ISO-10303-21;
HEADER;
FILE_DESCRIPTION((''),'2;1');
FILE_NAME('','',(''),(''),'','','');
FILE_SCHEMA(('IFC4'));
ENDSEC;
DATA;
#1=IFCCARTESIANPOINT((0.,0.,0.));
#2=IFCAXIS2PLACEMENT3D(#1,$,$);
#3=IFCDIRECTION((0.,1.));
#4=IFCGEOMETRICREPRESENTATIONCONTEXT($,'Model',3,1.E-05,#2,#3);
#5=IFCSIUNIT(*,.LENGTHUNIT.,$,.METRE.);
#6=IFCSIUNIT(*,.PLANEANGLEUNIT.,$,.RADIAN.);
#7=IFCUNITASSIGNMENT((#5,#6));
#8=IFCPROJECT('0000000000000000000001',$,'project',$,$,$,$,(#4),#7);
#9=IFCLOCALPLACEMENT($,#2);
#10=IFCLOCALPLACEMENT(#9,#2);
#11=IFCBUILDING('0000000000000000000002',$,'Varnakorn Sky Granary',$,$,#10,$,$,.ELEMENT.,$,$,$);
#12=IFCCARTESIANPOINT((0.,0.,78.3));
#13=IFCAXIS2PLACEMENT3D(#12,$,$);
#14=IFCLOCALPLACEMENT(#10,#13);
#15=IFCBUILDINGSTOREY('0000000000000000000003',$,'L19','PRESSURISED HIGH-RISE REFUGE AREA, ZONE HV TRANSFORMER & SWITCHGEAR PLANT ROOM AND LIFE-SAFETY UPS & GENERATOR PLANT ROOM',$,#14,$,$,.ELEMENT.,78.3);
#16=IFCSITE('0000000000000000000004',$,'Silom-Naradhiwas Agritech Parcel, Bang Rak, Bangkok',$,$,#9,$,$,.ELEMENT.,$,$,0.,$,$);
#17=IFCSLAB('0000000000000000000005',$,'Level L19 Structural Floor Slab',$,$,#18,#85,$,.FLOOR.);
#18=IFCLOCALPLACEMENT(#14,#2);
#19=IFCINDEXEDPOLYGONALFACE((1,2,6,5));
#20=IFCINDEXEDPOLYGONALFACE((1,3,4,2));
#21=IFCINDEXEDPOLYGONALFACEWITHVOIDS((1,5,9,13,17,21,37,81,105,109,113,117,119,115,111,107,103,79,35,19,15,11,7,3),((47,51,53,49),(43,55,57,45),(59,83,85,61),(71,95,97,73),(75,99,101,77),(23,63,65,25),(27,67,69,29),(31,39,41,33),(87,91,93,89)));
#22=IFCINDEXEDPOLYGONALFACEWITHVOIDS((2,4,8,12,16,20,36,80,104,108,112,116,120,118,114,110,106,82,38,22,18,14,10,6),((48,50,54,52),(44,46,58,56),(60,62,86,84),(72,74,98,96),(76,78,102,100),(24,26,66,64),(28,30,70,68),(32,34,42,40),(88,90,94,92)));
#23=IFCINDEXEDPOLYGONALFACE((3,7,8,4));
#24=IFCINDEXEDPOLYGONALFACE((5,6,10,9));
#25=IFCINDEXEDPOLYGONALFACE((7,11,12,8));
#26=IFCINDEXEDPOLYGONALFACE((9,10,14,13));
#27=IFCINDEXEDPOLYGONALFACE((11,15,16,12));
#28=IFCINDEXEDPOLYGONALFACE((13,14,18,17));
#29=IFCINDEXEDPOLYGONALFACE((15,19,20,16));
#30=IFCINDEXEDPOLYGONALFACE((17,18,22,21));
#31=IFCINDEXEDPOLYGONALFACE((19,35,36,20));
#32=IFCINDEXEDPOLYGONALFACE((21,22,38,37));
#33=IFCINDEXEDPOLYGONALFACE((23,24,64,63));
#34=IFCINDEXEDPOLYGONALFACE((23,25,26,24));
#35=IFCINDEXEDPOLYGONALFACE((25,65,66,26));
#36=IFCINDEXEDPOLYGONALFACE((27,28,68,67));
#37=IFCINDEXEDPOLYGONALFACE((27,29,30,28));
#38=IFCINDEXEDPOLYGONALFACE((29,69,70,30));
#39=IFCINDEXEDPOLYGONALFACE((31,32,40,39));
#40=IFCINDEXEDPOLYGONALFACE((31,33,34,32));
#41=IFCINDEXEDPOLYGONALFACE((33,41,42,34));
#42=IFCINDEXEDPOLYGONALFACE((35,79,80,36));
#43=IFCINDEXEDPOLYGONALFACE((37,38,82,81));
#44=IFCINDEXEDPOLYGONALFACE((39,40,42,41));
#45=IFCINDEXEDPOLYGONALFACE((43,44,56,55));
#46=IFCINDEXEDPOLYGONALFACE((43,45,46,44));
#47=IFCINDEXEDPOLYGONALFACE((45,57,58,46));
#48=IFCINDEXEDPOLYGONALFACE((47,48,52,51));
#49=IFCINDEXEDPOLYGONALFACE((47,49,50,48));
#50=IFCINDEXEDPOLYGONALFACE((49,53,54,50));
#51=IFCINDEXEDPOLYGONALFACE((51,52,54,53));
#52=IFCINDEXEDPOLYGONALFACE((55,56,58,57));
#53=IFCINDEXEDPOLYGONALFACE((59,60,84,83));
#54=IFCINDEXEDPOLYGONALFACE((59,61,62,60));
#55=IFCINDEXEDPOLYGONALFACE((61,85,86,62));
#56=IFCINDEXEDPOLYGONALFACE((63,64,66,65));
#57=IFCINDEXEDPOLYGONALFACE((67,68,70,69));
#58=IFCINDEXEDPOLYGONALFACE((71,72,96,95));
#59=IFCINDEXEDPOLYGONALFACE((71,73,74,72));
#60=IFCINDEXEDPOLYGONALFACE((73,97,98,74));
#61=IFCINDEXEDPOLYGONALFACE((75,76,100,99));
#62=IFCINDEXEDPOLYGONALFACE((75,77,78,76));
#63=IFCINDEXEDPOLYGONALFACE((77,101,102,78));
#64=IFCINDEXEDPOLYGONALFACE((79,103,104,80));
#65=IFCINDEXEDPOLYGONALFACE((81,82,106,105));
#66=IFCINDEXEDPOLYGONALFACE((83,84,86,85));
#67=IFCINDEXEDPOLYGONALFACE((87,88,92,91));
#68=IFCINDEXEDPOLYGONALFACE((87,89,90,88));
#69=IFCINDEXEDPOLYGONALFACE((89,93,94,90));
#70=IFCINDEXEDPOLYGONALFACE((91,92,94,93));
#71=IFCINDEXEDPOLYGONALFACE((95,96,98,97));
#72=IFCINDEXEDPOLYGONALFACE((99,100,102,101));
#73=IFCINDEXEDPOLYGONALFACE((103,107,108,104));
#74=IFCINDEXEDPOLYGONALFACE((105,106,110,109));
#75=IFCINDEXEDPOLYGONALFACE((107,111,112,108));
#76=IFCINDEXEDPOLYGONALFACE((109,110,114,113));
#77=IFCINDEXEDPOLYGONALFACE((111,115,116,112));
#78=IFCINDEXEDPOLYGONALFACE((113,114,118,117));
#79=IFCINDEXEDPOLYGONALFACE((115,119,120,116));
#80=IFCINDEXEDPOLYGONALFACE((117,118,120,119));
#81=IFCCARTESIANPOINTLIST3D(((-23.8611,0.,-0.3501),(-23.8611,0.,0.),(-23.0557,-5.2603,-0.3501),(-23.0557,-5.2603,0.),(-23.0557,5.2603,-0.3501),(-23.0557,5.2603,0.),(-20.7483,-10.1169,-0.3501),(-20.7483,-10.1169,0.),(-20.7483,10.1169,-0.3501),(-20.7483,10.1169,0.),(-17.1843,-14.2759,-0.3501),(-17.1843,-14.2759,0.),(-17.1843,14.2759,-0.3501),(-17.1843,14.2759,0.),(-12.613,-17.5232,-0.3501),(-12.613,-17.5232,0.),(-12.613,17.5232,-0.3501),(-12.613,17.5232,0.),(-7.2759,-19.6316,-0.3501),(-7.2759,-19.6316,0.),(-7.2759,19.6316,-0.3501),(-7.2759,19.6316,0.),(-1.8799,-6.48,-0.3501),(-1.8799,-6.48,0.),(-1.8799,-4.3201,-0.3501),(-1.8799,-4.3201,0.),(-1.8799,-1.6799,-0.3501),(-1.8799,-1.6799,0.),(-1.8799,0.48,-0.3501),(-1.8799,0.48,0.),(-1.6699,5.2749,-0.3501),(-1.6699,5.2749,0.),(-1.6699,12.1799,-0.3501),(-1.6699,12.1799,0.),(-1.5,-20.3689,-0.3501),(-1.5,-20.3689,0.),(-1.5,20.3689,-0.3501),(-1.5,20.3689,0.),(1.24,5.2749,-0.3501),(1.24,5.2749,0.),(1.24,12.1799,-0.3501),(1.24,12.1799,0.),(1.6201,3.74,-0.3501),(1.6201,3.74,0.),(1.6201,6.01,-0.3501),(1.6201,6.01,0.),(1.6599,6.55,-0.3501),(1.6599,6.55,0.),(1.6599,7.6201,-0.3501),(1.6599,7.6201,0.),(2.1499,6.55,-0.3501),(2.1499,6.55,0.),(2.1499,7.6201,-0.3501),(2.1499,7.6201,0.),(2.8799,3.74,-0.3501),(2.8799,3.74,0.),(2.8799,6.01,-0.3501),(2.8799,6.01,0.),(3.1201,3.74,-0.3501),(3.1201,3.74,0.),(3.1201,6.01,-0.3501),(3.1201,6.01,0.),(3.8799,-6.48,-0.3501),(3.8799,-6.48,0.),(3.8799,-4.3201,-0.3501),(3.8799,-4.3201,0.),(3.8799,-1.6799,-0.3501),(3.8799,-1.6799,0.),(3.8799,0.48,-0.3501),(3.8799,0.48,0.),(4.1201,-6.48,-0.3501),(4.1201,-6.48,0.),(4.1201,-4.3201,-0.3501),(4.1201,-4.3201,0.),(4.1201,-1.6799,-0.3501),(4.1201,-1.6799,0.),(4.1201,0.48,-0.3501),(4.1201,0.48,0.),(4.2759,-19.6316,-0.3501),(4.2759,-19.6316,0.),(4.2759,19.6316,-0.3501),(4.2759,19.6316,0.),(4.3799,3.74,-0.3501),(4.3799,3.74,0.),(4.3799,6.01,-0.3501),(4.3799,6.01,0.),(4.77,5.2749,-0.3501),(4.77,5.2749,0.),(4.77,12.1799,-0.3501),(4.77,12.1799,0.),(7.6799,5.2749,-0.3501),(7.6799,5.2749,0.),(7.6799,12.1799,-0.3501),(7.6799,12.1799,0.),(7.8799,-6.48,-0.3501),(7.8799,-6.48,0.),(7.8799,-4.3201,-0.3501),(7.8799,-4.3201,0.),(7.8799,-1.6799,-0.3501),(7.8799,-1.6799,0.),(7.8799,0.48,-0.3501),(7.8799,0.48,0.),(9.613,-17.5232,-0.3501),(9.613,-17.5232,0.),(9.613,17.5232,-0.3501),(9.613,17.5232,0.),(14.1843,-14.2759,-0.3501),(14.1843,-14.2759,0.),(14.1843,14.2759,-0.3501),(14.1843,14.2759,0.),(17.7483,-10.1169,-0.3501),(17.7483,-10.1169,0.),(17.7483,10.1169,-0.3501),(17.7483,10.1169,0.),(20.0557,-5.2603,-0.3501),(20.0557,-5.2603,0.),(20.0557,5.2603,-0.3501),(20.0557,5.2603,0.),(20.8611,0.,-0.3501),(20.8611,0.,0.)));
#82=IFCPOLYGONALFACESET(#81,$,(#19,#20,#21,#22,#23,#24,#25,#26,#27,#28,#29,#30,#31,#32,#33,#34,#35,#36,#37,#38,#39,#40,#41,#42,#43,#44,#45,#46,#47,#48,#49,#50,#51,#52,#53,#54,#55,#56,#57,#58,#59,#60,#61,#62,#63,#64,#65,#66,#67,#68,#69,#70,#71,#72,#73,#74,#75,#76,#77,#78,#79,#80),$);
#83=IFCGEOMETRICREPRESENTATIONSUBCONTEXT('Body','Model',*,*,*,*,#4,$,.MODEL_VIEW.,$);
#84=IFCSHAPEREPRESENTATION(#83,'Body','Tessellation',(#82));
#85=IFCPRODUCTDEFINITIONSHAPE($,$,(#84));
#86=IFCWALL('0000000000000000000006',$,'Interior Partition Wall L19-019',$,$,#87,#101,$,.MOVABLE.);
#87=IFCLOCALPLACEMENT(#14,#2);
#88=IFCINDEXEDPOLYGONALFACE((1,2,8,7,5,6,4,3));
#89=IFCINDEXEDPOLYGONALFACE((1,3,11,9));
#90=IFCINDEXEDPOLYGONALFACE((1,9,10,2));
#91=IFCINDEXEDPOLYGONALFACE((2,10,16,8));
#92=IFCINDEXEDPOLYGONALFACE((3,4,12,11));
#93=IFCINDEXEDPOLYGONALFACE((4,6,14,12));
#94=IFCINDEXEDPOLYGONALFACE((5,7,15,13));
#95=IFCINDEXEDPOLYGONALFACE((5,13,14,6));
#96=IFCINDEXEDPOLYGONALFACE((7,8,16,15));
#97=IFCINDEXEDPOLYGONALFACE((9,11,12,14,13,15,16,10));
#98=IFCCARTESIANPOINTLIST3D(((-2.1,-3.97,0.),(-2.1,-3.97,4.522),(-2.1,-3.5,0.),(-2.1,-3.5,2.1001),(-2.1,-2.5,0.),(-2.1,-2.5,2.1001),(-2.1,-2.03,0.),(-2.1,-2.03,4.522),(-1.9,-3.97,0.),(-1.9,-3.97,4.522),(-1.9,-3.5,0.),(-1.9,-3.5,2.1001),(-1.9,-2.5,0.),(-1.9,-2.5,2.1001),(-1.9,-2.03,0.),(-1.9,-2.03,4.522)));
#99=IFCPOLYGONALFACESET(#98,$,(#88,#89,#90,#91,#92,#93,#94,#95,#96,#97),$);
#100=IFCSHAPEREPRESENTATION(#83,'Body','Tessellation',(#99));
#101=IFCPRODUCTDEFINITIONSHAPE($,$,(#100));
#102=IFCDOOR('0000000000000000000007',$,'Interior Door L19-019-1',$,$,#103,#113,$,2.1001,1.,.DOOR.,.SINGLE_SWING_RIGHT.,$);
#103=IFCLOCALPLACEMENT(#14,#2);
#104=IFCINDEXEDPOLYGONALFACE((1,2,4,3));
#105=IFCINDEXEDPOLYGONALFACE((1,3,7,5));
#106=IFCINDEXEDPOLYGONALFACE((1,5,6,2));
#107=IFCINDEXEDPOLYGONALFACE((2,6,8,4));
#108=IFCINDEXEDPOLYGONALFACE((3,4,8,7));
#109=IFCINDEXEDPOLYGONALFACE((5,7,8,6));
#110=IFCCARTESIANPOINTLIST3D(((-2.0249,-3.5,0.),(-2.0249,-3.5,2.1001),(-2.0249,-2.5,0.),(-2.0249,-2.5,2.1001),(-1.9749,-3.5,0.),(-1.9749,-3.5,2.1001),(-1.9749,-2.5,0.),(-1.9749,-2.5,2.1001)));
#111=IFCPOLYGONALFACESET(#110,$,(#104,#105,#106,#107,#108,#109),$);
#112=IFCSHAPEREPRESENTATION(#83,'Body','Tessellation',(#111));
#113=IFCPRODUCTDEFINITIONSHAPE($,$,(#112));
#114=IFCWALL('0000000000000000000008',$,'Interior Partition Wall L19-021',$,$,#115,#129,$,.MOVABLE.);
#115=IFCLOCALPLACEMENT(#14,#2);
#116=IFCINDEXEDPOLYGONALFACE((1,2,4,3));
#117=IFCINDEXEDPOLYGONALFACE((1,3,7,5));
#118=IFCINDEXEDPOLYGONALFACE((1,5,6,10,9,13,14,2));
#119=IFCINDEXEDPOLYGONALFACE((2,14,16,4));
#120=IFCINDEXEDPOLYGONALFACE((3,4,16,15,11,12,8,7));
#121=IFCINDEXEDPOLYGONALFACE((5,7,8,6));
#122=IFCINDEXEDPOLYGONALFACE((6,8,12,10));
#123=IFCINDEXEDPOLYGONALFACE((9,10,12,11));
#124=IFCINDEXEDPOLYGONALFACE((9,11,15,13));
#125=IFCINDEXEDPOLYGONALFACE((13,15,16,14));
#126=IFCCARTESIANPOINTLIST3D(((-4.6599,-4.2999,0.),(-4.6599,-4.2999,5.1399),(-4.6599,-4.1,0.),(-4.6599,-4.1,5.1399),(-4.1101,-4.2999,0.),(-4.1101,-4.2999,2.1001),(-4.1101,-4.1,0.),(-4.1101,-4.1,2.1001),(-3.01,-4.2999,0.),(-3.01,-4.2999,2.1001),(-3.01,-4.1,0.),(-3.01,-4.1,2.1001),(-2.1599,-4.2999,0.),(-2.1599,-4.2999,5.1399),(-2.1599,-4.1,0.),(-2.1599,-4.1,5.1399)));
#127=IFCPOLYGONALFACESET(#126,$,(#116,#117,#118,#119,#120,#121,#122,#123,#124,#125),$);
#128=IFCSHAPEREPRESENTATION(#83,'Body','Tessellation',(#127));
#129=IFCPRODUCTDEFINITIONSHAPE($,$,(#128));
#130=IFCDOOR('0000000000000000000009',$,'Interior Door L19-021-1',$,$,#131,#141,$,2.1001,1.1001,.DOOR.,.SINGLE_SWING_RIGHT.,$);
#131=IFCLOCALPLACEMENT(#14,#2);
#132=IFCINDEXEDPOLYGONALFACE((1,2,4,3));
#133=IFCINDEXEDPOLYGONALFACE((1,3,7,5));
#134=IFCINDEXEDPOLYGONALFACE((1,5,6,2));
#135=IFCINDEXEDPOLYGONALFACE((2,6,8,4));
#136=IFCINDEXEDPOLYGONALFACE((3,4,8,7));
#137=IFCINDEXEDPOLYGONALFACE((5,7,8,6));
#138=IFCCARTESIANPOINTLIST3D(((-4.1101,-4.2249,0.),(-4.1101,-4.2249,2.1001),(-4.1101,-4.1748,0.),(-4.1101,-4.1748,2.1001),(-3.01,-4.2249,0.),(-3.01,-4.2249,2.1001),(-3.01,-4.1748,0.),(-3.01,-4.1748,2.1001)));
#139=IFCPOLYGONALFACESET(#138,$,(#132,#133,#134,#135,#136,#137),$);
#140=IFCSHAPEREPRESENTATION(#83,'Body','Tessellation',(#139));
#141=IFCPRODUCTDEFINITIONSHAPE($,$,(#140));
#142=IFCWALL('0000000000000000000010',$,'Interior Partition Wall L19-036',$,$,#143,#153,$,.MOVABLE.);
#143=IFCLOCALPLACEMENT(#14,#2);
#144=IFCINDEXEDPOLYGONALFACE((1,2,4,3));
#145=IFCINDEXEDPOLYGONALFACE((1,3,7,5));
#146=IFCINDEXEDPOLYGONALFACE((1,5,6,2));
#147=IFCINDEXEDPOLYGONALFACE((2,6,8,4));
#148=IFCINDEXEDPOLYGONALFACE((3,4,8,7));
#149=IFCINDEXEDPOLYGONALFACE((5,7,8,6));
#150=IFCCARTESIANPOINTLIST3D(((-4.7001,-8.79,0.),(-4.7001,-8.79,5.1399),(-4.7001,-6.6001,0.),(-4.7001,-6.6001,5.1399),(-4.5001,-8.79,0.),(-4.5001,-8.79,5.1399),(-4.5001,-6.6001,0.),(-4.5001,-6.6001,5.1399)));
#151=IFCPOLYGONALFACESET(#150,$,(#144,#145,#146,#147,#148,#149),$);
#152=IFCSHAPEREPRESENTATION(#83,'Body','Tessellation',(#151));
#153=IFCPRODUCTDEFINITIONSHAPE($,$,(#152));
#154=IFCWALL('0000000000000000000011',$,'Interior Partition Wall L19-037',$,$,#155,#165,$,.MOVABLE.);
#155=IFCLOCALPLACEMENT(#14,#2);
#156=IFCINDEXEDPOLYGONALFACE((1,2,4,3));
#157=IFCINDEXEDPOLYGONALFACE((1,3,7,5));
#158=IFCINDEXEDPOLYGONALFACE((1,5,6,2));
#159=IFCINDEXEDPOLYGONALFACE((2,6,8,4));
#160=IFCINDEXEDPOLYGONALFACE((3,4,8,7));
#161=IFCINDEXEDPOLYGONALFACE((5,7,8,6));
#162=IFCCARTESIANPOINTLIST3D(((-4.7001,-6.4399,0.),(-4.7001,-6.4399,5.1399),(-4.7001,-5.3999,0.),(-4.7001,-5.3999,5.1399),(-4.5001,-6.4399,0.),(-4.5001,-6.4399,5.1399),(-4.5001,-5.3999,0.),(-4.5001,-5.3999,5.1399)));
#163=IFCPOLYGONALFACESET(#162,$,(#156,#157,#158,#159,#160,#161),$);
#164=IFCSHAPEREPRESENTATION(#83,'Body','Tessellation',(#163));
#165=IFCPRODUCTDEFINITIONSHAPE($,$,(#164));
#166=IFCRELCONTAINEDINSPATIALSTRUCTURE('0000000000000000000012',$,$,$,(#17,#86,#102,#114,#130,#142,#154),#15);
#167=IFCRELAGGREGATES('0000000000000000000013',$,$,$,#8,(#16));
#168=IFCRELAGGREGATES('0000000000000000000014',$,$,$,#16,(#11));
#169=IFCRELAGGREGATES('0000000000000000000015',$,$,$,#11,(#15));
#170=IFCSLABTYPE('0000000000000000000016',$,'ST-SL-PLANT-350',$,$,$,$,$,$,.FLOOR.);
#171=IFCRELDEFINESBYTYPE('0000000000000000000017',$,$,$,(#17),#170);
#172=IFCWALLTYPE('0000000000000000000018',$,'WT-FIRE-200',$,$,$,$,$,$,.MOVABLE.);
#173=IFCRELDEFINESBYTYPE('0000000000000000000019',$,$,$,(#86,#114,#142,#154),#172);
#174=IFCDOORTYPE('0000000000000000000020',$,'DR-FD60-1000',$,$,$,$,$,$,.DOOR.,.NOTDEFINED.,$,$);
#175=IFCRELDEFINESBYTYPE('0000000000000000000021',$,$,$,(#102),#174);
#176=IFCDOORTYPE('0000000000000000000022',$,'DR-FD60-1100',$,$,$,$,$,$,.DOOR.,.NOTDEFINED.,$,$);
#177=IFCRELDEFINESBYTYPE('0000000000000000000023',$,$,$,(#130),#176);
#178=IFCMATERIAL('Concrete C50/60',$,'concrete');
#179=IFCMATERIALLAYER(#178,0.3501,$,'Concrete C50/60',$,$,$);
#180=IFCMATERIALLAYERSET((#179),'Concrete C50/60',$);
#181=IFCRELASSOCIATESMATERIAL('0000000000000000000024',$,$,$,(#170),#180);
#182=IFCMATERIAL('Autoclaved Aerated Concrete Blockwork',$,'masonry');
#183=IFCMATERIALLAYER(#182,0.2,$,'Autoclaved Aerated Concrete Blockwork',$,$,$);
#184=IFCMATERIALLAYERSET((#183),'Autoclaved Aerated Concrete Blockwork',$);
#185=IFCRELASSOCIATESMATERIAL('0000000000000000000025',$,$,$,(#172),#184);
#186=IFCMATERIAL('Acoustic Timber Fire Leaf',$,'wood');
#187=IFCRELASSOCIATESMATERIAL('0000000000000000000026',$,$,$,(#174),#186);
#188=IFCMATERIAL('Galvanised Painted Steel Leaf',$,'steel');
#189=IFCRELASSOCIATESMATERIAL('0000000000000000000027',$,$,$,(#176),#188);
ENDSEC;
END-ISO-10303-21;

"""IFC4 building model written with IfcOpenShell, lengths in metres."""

from ifc_helpers import new_model, si_unit, direction, frame, frame_2d, origin, place, context, subcontext, project, spatial, polyline, rectangle, outline, extrude, material, layer, layer_set, type_object, element, fill, save


model = new_model("IFC4")

# Units and contexts
model_context = context("Model", 3, precision=1e-05, world=origin(), true_north=direction((0.0, 1.0)))
body_context = subcontext(model_context, "Body", "Model", "MODEL_VIEW")
ifc_project = project(units=[si_unit("LENGTHUNIT", "METRE"), si_unit("PLANEANGLEUNIT", "RADIAN")], contexts=[model_context])

# Site, building, storey
site_placement = place(None, origin())
site = spatial("IfcSite", under=ifc_project, at=site_placement, Name="Silom-Naradhiwas Agritech Parcel, Bang Rak, Bangkok", CompositionType="ELEMENT", RefElevation=0.0)
building_placement = place(site_placement, origin())
building = spatial("IfcBuilding", under=site, at=building_placement, Name="Varnakorn Sky Granary", CompositionType="ELEMENT")
storey_placement = place(building_placement, frame((0.0, 0.0, 78.3)))
storey = spatial("IfcBuildingStorey", under=building, at=storey_placement, Name="L19", Description="PRESSURISED HIGH-RISE REFUGE AREA, ZONE HV TRANSFORMER & SWITCHGEAR PLANT ROOM AND LIFE-SAFETY UPS & GENERATOR PLANT ROOM", CompositionType="ELEMENT", Elevation=78.3)

# Slab
ifc_material_1 = material(Name="Concrete C50/60", Category="concrete")
ifc_layer_1 = layer(ifc_material_1, 0.3501, Name="Concrete C50/60")
ifc_layer_set_1 = layer_set([ifc_layer_1], Name="Concrete C50/60")
slab_type_1 = type_object("IfcSlabType", Name="ST-SL-PLANT-350", PredefinedType="FLOOR", material=ifc_layer_set_1)
slab_1_placement = place(storey_placement, frame((0.0, 0.0, -0.3501)))
element("IfcSlab", 1, at=slab_1_placement, inside=storey, type_object=slab_type_1, Name="Level L19 Structural Floor Slab", PredefinedType="FLOOR", context=body_context, shape_type="SweptSolid", body=[
    extrude(outline(polyline([(20.8611, 0.0), (20.0557, 5.2603), (17.7483, 10.1169), (14.1843, 14.2759), (9.613, 17.5232), (4.2759, 19.6316), (-1.5, 20.3689), (-7.2759, 19.6316), (-12.613, 17.5232), (-17.1843, 14.2759), (-20.7483, 10.1169), (-23.0557, 5.2603), (-23.8611, 0.0), (-23.0557, -5.2603), (-20.7483, -10.1169), (-17.1843, -14.2759), (-12.613, -17.5232), (-7.2759, -19.6316), (-1.5, -20.3689), (4.2759, -19.6316), (9.613, -17.5232), (14.1843, -14.2759), (17.7483, -10.1169), (20.0557, -5.2603), (20.8611, 0.0)]), holes=[polyline([(1.24, 5.2749), (1.24, 12.1799), (-1.6699, 12.1799), (-1.6699, 5.2749), (1.24, 5.2749)]), polyline([(7.6799, 5.2749), (7.6799, 12.1799), (4.77, 12.1799), (4.77, 5.2749), (7.6799, 5.2749)]), polyline([(1.6599, 6.55), (2.1499, 6.55), (2.1499, 7.6201), (1.6599, 7.6201), (1.6599, 6.55)]), polyline([(1.6201, 3.74), (2.8799, 3.74), (2.8799, 6.01), (1.6201, 6.01), (1.6201, 3.74)]), polyline([(3.1201, 3.74), (4.3799, 3.74), (4.3799, 6.01), (3.1201, 6.01), (3.1201, 3.74)]), polyline([(-1.8799, -1.6799), (3.8799, -1.6799), (3.8799, 0.48), (-1.8799, 0.48), (-1.8799, -1.6799)]), polyline([(4.1201, -1.6799), (7.8799, -1.6799), (7.8799, 0.48), (4.1201, 0.48), (4.1201, -1.6799)]), polyline([(-1.8799, -6.48), (3.8799, -6.48), (3.8799, -4.3201), (-1.8799, -4.3201), (-1.8799, -6.48)]), polyline([(4.1201, -6.48), (7.8799, -6.48), (7.8799, -4.3201), (4.1201, -4.3201), (4.1201, -6.48)])]), origin(), (0.0, 0.0, 1.0), 0.3501),
])

# Walls, openings, doors
ifc_material_2 = material(Name="Autoclaved Aerated Concrete Blockwork", Category="masonry")
ifc_layer_2 = layer(ifc_material_2, 0.2, Name="Autoclaved Aerated Concrete Blockwork")
ifc_layer_set_2 = layer_set([ifc_layer_2], Name="Autoclaved Aerated Concrete Blockwork")
wall_type_1 = type_object("IfcWallType", Name="WT-FIRE-200", PredefinedType="MOVABLE", material=ifc_layer_set_2)
wall_1_placement = place(storey_placement, frame((-2.0, -3.97, 0.0), z_axis=(0.0, 0.0, 1.0), x_axis=(0.0, 1.0, 0.0)))
wall_1 = element("IfcWall", 2, at=wall_1_placement, inside=storey, type_object=wall_type_1, Name="Interior Partition Wall L19-019", PredefinedType="MOVABLE", context=body_context, shape_type="SweptSolid", body=[
    extrude(rectangle(XDim=1.9399, YDim=0.2, at=frame_2d((0.97, 0.0))), origin(), (0.0, 0.0, 1.0), 4.522),
])
opening_1_placement = place(wall_1_placement, frame((0.47, 0.0, 0.0)))
opening_1 = element("IfcOpeningElement", 3, at=opening_1_placement, cuts=wall_1, PredefinedType="OPENING", context=body_context, shape_type="SweptSolid", body=[
    extrude(rectangle(XDim=1.0, YDim=2.1001, at=frame_2d((0.5, 1.05))), frame((0.0, 0.1099, 0.0), z_axis=(0.0, -1.0, 0.0), x_axis=(1.0, 0.0, 0.0)), (0.0, 0.0, 1.0), 0.22),
])
ifc_material_3 = material(Name="Acoustic Timber Fire Leaf", Category="wood")
door_type_1 = type_object("IfcDoorType", Name="DR-FD60-1000", OperationType="NOTDEFINED", PredefinedType="DOOR", material=ifc_material_3)
door_1_placement = place(opening_1_placement, origin())
door_1 = element("IfcDoor", 4, at=door_1_placement, inside=storey, type_object=door_type_1, Name="Interior Door L19-019-1", OperationType="SINGLE_SWING_RIGHT", OverallHeight=2.1001, OverallWidth=1.0, PredefinedType="DOOR", context=body_context, shape_type="SweptSolid", body=[
    extrude(rectangle(XDim=1.0, YDim=2.1001, at=frame_2d((0.5, 1.05))), frame((0.0, 0.0249, 0.0), z_axis=(0.0, -1.0, 0.0), x_axis=(1.0, 0.0, 0.0)), (0.0, 0.0, 1.0), 0.05),
])
fill(opening_1, door_1)
wall_2_placement = place(storey_placement, frame((-2.1599, -4.2, 0.0), z_axis=(0.0, 0.0, 1.0), x_axis=(-1.0, 0.0, 0.0)))
wall_2 = element("IfcWall", 5, at=wall_2_placement, inside=storey, type_object=wall_type_1, Name="Interior Partition Wall L19-021", PredefinedType="MOVABLE", context=body_context, shape_type="SweptSolid", body=[
    extrude(rectangle(XDim=2.5, YDim=0.2, at=frame_2d((1.25, 0.0))), origin(), (0.0, 0.0, 1.0), 5.1399),
])
opening_2_placement = place(wall_2_placement, frame((0.8501, 0.0, 0.0)))
opening_2 = element("IfcOpeningElement", 6, at=opening_2_placement, cuts=wall_2, PredefinedType="OPENING", context=body_context, shape_type="SweptSolid", body=[
    extrude(rectangle(XDim=1.1001, YDim=2.1001, at=frame_2d((0.55, 1.05))), frame((0.0, 0.1099, 0.0), z_axis=(0.0, -1.0, 0.0), x_axis=(1.0, 0.0, 0.0)), (0.0, 0.0, 1.0), 0.22),
])
ifc_material_4 = material(Name="Galvanised Painted Steel Leaf", Category="steel")
door_type_2 = type_object("IfcDoorType", Name="DR-FD60-1100", OperationType="NOTDEFINED", PredefinedType="DOOR", material=ifc_material_4)
door_2_placement = place(opening_2_placement, origin())
door_2 = element("IfcDoor", 7, at=door_2_placement, inside=storey, type_object=door_type_2, Name="Interior Door L19-021-1", OperationType="SINGLE_SWING_RIGHT", OverallHeight=2.1001, OverallWidth=1.1001, PredefinedType="DOOR", context=body_context, shape_type="SweptSolid", body=[
    extrude(rectangle(XDim=1.1001, YDim=2.1001, at=frame_2d((0.55, 1.05))), frame((0.0, 0.0249, 0.0), z_axis=(0.0, -1.0, 0.0), x_axis=(1.0, 0.0, 0.0)), (0.0, 0.0, 1.0), 0.05),
])
fill(opening_2, door_2)

# Walls
wall_3_placement = place(storey_placement, frame((-4.6001, -6.6001, 0.0), z_axis=(0.0, 0.0, 1.0), x_axis=(0.0, -1.0, 0.0)))
element("IfcWall", 8, at=wall_3_placement, inside=storey, type_object=wall_type_1, Name="Interior Partition Wall L19-036", PredefinedType="MOVABLE", context=body_context, shape_type="SweptSolid", body=[
    extrude(rectangle(XDim=2.1899, YDim=0.2, at=frame_2d((1.095, 0.0))), origin(), (0.0, 0.0, 1.0), 5.1399),
])
wall_4_placement = place(storey_placement, frame((-4.6001, -5.3999, 0.0), z_axis=(0.0, 0.0, 1.0), x_axis=(0.0, -1.0, 0.0)))
element("IfcWall", 9, at=wall_4_placement, inside=storey, type_object=wall_type_1, Name="Interior Partition Wall L19-037", PredefinedType="MOVABLE", context=body_context, shape_type="SweptSolid", body=[
    extrude(rectangle(XDim=1.04, YDim=0.2, at=frame_2d((0.52, 0.0))), origin(), (0.0, 0.0, 1.0), 5.1399),
])

save(model, "model.ifc")
